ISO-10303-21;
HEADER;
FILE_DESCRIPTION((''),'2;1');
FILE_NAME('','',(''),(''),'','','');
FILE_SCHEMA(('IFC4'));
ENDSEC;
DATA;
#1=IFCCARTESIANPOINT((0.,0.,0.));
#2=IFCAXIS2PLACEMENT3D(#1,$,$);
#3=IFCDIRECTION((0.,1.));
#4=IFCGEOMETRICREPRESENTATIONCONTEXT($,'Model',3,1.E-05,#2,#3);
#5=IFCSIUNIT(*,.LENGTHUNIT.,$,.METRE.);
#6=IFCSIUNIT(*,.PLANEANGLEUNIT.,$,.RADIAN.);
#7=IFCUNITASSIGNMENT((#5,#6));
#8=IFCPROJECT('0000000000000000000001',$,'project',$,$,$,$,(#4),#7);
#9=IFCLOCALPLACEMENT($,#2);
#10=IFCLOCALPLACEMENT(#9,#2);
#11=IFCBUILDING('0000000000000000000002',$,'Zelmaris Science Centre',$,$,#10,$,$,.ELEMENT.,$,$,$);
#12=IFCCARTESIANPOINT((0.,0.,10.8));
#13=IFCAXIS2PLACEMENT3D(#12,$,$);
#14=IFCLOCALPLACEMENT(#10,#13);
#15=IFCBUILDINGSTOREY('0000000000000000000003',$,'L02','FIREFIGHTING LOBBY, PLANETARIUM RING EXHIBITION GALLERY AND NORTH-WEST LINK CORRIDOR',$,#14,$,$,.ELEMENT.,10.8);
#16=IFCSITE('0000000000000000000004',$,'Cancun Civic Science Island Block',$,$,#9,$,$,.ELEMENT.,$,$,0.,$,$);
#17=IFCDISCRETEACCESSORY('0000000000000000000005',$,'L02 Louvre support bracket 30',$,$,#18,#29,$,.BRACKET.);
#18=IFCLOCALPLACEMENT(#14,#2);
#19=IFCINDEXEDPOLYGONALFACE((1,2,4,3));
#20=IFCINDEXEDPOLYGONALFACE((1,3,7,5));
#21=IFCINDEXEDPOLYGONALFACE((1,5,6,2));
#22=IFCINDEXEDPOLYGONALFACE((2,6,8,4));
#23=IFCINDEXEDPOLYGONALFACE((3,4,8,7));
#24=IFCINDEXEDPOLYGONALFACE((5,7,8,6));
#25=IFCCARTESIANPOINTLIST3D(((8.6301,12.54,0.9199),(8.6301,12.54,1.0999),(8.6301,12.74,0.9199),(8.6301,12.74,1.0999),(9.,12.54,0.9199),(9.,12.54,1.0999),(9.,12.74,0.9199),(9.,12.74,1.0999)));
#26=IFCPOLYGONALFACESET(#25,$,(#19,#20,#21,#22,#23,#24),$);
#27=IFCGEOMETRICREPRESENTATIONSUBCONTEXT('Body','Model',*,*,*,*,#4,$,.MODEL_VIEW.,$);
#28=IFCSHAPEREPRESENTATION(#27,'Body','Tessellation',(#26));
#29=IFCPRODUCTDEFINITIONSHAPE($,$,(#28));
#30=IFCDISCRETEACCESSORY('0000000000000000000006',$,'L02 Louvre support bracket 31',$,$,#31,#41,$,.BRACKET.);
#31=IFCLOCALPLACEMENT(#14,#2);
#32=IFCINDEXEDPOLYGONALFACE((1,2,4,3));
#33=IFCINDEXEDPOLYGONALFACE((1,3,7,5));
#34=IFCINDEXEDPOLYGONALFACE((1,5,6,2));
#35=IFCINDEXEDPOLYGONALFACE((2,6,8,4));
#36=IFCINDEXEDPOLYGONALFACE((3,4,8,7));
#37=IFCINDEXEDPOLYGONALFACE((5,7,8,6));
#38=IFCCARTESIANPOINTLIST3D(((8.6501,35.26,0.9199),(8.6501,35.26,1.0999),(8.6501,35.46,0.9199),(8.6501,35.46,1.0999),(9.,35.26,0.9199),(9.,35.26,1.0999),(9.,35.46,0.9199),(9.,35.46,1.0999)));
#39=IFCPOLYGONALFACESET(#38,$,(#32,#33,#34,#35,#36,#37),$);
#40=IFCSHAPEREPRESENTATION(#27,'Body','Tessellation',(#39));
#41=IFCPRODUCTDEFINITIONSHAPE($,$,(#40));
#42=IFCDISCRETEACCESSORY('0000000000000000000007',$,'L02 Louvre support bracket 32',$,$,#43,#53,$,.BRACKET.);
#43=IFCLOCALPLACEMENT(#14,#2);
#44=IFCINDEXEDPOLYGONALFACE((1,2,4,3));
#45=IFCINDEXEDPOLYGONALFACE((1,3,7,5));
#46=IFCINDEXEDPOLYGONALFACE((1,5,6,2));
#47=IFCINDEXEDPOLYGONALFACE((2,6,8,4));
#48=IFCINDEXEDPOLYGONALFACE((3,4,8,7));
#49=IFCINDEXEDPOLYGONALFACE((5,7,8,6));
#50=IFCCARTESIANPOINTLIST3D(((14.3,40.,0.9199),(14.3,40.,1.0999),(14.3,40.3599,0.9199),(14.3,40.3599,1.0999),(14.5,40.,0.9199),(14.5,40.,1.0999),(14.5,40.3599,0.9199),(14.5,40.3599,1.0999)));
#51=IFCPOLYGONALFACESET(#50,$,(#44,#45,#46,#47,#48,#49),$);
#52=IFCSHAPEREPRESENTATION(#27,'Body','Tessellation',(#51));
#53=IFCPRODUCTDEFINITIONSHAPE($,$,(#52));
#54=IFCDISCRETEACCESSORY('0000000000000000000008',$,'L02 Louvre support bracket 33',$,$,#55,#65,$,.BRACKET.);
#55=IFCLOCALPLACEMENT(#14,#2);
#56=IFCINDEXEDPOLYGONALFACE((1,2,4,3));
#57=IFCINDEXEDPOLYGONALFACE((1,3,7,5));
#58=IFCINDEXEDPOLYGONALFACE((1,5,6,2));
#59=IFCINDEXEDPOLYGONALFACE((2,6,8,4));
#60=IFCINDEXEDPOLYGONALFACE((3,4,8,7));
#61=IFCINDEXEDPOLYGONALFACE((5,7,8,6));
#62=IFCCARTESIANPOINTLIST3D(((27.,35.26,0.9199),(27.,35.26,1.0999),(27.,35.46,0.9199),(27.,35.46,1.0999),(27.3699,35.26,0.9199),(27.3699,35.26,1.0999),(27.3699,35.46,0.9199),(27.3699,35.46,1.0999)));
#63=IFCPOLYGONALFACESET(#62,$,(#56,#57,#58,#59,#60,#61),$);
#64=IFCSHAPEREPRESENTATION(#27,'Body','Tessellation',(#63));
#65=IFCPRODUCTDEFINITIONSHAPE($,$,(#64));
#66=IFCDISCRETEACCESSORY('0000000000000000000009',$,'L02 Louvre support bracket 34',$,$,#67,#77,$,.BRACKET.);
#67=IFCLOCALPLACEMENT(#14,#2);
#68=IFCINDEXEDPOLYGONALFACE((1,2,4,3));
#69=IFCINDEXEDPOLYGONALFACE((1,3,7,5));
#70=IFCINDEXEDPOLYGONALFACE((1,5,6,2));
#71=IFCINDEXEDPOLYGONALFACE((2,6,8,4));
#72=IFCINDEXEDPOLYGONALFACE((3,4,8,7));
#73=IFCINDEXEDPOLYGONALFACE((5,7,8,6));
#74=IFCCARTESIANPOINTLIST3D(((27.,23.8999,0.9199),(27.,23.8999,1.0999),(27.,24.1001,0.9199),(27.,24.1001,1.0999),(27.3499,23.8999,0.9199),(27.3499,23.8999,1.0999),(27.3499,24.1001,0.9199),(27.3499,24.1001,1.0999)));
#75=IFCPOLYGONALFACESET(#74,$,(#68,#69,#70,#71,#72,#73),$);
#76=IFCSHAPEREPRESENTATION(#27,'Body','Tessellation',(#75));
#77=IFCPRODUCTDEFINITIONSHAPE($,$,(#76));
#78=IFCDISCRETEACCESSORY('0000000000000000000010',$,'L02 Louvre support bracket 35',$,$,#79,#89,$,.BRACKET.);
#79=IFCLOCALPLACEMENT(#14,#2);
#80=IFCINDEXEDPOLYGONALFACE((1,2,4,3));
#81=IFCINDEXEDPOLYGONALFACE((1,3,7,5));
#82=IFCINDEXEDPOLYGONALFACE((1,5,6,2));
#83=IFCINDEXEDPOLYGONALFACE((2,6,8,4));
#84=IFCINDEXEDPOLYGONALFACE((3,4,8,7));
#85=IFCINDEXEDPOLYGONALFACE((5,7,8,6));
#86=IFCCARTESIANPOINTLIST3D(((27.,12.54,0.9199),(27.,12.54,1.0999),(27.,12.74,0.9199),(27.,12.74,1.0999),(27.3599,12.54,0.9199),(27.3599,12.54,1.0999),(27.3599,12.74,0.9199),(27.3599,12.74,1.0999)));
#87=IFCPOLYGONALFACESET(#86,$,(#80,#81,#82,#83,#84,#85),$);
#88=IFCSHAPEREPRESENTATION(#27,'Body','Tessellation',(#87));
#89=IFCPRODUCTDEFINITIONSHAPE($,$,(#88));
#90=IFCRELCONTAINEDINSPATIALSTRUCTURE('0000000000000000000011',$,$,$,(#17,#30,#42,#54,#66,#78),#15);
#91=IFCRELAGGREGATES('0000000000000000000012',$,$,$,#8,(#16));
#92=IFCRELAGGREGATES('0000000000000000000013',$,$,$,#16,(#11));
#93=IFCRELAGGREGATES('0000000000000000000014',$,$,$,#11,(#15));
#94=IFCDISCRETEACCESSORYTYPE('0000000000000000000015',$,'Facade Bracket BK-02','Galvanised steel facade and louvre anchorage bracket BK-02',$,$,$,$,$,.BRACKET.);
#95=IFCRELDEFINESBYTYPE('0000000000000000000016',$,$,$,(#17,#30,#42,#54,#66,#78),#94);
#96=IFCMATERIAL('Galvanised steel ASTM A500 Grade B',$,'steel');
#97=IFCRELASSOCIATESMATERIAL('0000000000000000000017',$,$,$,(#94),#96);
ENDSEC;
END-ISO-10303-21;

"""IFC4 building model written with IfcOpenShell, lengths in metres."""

from ifc_helpers import new_model, si_unit, direction, frame, origin, place, context, subcontext, project, spatial, polyline, outline, extrude, material, type_object, element, save


model = new_model("IFC4")

# Units and contexts
model_context = context("Model", 3, precision=1e-05, world=origin(), true_north=direction((0.0, 1.0)))
body_context = subcontext(model_context, "Body", "Model", "MODEL_VIEW")
ifc_project = project(units=[si_unit("LENGTHUNIT", "METRE"), si_unit("PLANEANGLEUNIT", "RADIAN")], contexts=[model_context])

# Site, building, storey
site_placement = place(None, origin())
site = spatial("IfcSite", under=ifc_project, at=site_placement, Name="Cancun Civic Science Island Block", CompositionType="ELEMENT", RefElevation=0.0)
building_placement = place(site_placement, origin())
building = spatial("IfcBuilding", under=site, at=building_placement, Name="Zelmaris Science Centre", CompositionType="ELEMENT")
storey_placement = place(building_placement, frame((0.0, 0.0, 10.8)))
storey = spatial("IfcBuildingStorey", under=building, at=storey_placement, Name="L02", Description="FIREFIGHTING LOBBY, PLANETARIUM RING EXHIBITION GALLERY AND NORTH-WEST LINK CORRIDOR", CompositionType="ELEMENT", Elevation=10.8)

# Discrete accessories
ifc_material_1 = material(Name="Galvanised steel ASTM A500 Grade B", Category="steel")
discrete_accessory_type_1 = type_object("IfcDiscreteAccessoryType", Name="Facade Bracket BK-02", Description="Galvanised steel facade and louvre anchorage bracket BK-02", PredefinedType="BRACKET", material=ifc_material_1)
discrete_accessory_1_placement = place(storey_placement, frame((0.0, 0.0, 0.9199)))
element("IfcDiscreteAccessory", 1, at=discrete_accessory_1_placement, inside=storey, type_object=discrete_accessory_type_1, Name="L02 Louvre support bracket 30", PredefinedType="BRACKET", context=body_context, shape_type="SweptSolid", body=[
    extrude(outline(polyline([(9.0, 12.54), (9.0, 12.74), (8.6301, 12.74), (8.6301, 12.54), (9.0, 12.54)])), origin(), (0.0, 0.0, 1.0), 0.1799),
])
discrete_accessory_2_placement = place(storey_placement, frame((0.0, 0.0, 0.9199)))
element("IfcDiscreteAccessory", 2, at=discrete_accessory_2_placement, inside=storey, type_object=discrete_accessory_type_1, Name="L02 Louvre support bracket 31", PredefinedType="BRACKET", context=body_context, shape_type="SweptSolid", body=[
    extrude(outline(polyline([(9.0, 35.26), (9.0, 35.46), (8.6501, 35.46), (8.6501, 35.26), (9.0, 35.26)])), origin(), (0.0, 0.0, 1.0), 0.1799),
])
discrete_accessory_3_placement = place(storey_placement, frame((0.0, 0.0, 0.9199)))
element("IfcDiscreteAccessory", 3, at=discrete_accessory_3_placement, inside=storey, type_object=discrete_accessory_type_1, Name="L02 Louvre support bracket 32", PredefinedType="BRACKET", context=body_context, shape_type="SweptSolid", body=[
    extrude(outline(polyline([(14.3, 40.0), (14.5, 40.0), (14.5, 40.3599), (14.3, 40.3599), (14.3, 40.0)])), origin(), (0.0, 0.0, 1.0), 0.1799),
])
discrete_accessory_4_placement = place(storey_placement, frame((0.0, 0.0, 0.9199)))
element("IfcDiscreteAccessory", 4, at=discrete_accessory_4_placement, inside=storey, type_object=discrete_accessory_type_1, Name="L02 Louvre support bracket 33", PredefinedType="BRACKET", context=body_context, shape_type="SweptSolid", body=[
    extrude(outline(polyline([(27.0, 35.46), (27.0, 35.26), (27.3699, 35.26), (27.3699, 35.46), (27.0, 35.46)])), origin(), (0.0, 0.0, 1.0), 0.1799),
])
discrete_accessory_5_placement = place(storey_placement, frame((0.0, 0.0, 0.9199)))
element("IfcDiscreteAccessory", 5, at=discrete_accessory_5_placement, inside=storey, type_object=discrete_accessory_type_1, Name="L02 Louvre support bracket 34", PredefinedType="BRACKET", context=body_context, shape_type="SweptSolid", body=[
    extrude(outline(polyline([(27.0, 24.1001), (27.0, 23.8999), (27.3499, 23.8999), (27.3499, 24.1001), (27.0, 24.1001)])), origin(), (0.0, 0.0, 1.0), 0.1799),
])
discrete_accessory_6_placement = place(storey_placement, frame((0.0, 0.0, 0.9199)))
element("IfcDiscreteAccessory", 6, at=discrete_accessory_6_placement, inside=storey, type_object=discrete_accessory_type_1, Name="L02 Louvre support bracket 35", PredefinedType="BRACKET", context=body_context, shape_type="SweptSolid", body=[
    extrude(outline(polyline([(27.0, 12.74), (27.0, 12.54), (27.3599, 12.54), (27.3599, 12.74), (27.0, 12.74)])), origin(), (0.0, 0.0, 1.0), 0.1799),
])

save(model, "model.ifc")
